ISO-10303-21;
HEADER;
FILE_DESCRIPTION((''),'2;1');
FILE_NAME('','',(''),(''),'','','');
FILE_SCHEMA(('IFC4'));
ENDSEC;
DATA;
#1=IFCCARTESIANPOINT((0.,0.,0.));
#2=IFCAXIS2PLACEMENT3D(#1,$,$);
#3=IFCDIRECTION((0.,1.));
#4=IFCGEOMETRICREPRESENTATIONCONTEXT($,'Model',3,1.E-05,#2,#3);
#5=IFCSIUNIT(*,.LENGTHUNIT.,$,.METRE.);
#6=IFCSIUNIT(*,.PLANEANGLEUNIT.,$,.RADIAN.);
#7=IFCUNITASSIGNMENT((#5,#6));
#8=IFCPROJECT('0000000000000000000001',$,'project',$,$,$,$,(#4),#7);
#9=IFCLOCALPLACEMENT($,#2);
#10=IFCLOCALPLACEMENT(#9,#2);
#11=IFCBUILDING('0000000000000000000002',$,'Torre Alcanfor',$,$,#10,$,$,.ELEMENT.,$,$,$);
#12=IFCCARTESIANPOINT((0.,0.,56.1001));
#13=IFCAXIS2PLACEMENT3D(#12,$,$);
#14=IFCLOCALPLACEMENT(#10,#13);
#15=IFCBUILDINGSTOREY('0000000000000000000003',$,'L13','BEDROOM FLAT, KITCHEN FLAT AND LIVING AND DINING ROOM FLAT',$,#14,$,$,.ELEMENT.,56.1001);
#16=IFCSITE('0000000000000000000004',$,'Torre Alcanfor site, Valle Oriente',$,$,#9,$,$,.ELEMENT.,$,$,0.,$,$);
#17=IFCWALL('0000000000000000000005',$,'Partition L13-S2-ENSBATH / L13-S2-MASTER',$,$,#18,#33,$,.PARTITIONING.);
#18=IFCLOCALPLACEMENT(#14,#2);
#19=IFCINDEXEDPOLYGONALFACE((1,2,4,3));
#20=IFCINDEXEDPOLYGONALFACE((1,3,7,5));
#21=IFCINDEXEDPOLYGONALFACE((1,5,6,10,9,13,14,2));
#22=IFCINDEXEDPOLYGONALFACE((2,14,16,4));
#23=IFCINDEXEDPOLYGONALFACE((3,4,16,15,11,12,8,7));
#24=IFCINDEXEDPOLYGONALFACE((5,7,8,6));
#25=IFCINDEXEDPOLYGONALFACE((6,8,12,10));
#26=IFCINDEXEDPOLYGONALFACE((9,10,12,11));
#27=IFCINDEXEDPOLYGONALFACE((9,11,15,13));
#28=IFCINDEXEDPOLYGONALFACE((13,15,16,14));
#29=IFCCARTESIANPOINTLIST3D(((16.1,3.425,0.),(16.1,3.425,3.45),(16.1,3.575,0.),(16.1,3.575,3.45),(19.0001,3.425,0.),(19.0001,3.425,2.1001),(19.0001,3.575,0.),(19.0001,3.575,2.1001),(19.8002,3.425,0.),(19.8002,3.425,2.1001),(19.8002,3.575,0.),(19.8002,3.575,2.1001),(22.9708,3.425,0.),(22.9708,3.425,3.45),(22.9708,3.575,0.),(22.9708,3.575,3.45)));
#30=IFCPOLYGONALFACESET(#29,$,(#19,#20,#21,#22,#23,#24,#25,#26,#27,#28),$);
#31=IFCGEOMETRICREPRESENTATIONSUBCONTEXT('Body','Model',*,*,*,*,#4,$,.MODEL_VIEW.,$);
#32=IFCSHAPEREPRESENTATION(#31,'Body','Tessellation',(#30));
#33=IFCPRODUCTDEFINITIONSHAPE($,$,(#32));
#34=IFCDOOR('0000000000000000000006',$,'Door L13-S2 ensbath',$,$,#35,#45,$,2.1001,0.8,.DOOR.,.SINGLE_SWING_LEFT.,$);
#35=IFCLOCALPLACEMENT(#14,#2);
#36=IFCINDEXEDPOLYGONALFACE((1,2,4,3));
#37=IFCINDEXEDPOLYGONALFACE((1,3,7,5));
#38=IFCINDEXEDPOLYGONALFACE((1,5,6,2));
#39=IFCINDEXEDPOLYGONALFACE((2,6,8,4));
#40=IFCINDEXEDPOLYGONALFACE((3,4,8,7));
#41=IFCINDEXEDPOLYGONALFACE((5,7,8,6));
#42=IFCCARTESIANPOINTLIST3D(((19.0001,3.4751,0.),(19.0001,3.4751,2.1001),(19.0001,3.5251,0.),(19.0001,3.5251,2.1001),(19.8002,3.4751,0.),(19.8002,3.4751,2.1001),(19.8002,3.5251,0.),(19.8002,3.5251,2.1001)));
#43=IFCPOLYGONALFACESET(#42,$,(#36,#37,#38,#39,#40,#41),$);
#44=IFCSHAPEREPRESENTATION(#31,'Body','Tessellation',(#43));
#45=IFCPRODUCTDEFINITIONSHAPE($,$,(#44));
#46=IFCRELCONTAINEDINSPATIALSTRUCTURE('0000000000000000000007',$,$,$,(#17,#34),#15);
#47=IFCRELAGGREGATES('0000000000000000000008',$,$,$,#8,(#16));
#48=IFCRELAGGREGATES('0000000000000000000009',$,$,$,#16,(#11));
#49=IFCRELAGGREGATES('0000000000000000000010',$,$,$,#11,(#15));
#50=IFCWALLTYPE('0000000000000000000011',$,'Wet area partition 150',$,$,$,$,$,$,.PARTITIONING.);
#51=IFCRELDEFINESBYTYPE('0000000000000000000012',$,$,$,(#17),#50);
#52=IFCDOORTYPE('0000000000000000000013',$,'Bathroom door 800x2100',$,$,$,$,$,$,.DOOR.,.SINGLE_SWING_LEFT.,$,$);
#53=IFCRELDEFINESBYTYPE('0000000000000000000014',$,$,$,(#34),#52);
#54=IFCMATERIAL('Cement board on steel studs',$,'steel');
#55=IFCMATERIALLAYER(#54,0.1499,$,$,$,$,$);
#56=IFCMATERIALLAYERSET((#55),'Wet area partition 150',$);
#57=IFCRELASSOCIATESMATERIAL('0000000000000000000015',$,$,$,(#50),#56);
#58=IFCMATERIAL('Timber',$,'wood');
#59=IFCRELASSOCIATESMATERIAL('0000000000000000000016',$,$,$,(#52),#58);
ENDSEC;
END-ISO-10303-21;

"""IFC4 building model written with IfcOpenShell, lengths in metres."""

from ifc_helpers import new_model, si_unit, direction, frame, frame_2d, origin, place, context, subcontext, project, spatial, rectangle, extrude, material, layer, layer_set, type_object, element, fill, save


model = new_model("IFC4")

# Units and contexts
model_context = context("Model", 3, precision=1e-05, world=origin(), true_north=direction((0.0, 1.0)))
body_context = subcontext(model_context, "Body", "Model", "MODEL_VIEW")
ifc_project = project(units=[si_unit("LENGTHUNIT", "METRE"), si_unit("PLANEANGLEUNIT", "RADIAN")], contexts=[model_context])

# Site, building, storey
site_placement = place(None, origin())
site = spatial("IfcSite", under=ifc_project, at=site_placement, Name="Torre Alcanfor site, Valle Oriente", CompositionType="ELEMENT", RefElevation=0.0)
building_placement = place(site_placement, origin())
building = spatial("IfcBuilding", under=site, at=building_placement, Name="Torre Alcanfor", CompositionType="ELEMENT")
storey_placement = place(building_placement, frame((0.0, 0.0, 56.1001)))
storey = spatial("IfcBuildingStorey", under=building, at=storey_placement, Name="L13", Description="BEDROOM FLAT, KITCHEN FLAT AND LIVING AND DINING ROOM FLAT", CompositionType="ELEMENT", Elevation=56.1001)

# Shared definitions
ifc_material_1 = material(Name="Cement board on steel studs", Category="steel")
ifc_layer_1 = layer(ifc_material_1, 0.1499)
ifc_layer_set_1 = layer_set([ifc_layer_1], Name="Wet area partition 150")
wall_type_1 = type_object("IfcWallType", Name="Wet area partition 150", PredefinedType="PARTITIONING", material=ifc_layer_set_1)

# Wall, opening, door
wall_1_placement = place(storey_placement, frame((22.9709, 3.5, 0.0), z_axis=(0.0, 0.0, 1.0), x_axis=(-1.0, 0.0, 0.0)))
wall_1 = element("IfcWall", 1, at=wall_1_placement, inside=storey, type_object=wall_type_1, Name="Partition L13-S2-ENSBATH / L13-S2-MASTER", PredefinedType="PARTITIONING", context=body_context, shape_type="SweptSolid", body=[
    extrude(rectangle(XDim=6.8708, YDim=0.1499, at=frame_2d((3.4355, 0.0))), origin(), (0.0, 0.0, 1.0), 3.45),
])
opening_1_placement = place(wall_1_placement, frame((3.1709, 0.0, 0.0)))
opening_1 = element("IfcOpeningElement", 2, at=opening_1_placement, cuts=wall_1, PredefinedType="OPENING", context=body_context, shape_type="SweptSolid", body=[
    extrude(rectangle(XDim=0.8, YDim=2.1001, at=frame_2d((0.3999, 1.05))), frame((0.0, 0.085, 0.0), z_axis=(0.0, -1.0, 0.0), x_axis=(1.0, 0.0, 0.0)), (0.0, 0.0, 1.0), 0.1699),
])
ifc_material_2 = material(Name="Timber", Category="wood")
door_type_1 = type_object("IfcDoorType", Name="Bathroom door 800x2100", OperationType="SINGLE_SWING_LEFT", PredefinedType="DOOR", material=ifc_material_2)
door_1_placement = place(opening_1_placement, frame((0.8, 0.0, 0.0), z_axis=(0.0, 0.0, 1.0), x_axis=(-1.0, 0.0, 0.0)))
door_1 = element("IfcDoor", 3, at=door_1_placement, inside=storey, type_object=door_type_1, Name="Door L13-S2 ensbath", OperationType="SINGLE_SWING_LEFT", OverallHeight=2.1001, OverallWidth=0.8, PredefinedType="DOOR", context=body_context, shape_type="SweptSolid", body=[
    extrude(rectangle(XDim=0.8, YDim=2.1001, at=frame_2d((0.4001, 1.05))), frame((0.0, 0.0251, 0.0), z_axis=(0.0, -1.0, 0.0), x_axis=(1.0, 0.0, 0.0)), (0.0, 0.0, 1.0), 0.05),
])
fill(opening_1, door_1)

save(model, "model.ifc")
